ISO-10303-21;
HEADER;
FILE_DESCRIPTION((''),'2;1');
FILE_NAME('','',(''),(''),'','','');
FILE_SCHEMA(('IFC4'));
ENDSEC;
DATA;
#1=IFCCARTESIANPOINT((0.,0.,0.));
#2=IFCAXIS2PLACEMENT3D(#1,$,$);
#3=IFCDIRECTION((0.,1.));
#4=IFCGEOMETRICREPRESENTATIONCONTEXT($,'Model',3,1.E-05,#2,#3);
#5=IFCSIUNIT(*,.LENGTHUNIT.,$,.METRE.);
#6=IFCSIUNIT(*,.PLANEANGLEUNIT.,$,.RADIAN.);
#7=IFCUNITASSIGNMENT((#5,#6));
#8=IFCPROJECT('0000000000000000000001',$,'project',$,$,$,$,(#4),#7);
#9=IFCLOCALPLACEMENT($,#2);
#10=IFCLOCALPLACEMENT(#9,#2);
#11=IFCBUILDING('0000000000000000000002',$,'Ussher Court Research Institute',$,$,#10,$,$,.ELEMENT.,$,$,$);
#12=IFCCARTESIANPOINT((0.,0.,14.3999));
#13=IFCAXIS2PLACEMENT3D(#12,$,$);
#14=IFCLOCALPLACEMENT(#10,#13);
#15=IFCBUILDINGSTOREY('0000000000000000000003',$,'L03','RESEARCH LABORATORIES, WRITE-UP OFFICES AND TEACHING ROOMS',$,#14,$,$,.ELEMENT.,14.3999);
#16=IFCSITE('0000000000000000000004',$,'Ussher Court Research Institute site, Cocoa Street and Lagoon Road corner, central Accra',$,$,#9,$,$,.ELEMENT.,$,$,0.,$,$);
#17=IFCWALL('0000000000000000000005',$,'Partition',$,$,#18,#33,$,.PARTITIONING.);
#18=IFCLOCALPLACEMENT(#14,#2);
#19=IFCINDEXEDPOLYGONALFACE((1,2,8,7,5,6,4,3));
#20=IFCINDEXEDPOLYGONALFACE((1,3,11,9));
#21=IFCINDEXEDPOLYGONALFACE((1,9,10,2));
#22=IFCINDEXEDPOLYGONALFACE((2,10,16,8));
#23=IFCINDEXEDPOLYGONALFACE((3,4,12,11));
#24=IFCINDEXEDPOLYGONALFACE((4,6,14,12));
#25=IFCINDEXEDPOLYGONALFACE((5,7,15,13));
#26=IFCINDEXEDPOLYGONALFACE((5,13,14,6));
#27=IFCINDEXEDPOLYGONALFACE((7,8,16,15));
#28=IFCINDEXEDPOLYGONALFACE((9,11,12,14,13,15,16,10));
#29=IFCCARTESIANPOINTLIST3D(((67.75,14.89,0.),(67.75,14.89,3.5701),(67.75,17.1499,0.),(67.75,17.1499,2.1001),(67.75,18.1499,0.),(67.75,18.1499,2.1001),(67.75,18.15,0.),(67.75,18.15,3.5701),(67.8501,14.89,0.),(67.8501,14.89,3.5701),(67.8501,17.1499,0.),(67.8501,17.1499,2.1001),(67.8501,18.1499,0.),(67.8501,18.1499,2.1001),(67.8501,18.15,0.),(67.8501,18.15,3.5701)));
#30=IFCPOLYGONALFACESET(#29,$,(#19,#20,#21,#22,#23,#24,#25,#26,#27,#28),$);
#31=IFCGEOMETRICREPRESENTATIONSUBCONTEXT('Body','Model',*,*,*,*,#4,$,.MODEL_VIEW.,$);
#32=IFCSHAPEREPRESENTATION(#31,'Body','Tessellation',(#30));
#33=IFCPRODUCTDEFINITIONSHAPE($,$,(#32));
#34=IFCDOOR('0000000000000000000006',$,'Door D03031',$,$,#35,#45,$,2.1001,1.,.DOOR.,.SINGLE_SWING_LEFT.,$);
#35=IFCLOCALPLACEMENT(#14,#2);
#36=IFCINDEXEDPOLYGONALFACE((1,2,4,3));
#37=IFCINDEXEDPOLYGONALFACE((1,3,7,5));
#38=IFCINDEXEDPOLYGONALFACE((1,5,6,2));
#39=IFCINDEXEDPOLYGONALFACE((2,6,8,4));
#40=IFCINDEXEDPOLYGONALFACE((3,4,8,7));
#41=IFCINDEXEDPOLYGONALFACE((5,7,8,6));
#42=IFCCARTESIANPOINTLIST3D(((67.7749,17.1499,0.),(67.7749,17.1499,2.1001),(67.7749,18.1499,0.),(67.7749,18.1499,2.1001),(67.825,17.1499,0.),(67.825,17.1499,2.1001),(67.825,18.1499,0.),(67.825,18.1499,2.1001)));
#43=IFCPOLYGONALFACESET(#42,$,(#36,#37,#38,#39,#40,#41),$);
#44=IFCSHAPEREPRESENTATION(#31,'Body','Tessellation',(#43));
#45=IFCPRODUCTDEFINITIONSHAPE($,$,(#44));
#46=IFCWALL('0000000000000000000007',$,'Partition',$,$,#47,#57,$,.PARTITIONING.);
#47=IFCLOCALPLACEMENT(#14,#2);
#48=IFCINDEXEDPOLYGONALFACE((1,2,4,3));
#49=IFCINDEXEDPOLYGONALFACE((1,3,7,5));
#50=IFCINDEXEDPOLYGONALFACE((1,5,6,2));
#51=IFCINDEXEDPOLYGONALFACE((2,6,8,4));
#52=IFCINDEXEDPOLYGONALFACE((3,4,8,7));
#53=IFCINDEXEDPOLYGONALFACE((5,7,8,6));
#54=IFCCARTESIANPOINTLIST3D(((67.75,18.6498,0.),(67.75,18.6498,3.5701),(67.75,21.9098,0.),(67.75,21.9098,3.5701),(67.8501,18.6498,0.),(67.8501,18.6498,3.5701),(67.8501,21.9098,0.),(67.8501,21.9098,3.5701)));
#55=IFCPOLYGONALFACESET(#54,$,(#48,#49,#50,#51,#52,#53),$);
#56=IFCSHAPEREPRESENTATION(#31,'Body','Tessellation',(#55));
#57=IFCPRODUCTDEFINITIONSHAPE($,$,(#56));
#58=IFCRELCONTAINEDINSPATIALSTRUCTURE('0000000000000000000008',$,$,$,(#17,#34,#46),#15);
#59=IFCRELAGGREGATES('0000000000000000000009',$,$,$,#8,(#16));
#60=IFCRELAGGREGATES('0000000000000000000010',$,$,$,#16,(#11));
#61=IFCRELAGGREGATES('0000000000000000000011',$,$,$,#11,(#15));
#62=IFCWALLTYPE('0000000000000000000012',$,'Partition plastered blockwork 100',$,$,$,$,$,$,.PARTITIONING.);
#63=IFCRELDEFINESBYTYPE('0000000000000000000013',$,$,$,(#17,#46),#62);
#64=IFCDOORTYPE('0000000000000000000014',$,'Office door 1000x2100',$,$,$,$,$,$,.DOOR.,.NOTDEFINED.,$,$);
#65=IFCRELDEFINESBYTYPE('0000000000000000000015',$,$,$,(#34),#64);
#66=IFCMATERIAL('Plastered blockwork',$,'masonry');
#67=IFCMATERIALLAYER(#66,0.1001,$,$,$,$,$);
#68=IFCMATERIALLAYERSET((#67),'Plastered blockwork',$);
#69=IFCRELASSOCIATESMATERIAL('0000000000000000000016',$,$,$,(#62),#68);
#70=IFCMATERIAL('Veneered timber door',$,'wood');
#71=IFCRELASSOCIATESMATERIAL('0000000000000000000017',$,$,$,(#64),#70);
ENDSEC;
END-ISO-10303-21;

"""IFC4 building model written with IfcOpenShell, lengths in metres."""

from ifc_helpers import new_model, si_unit, direction, frame, frame_2d, origin, place, context, subcontext, project, spatial, rectangle, extrude, material, layer, layer_set, type_object, element, fill, save


model = new_model("IFC4")

# Units and contexts
model_context = context("Model", 3, precision=1e-05, world=origin(), true_north=direction((0.0, 1.0)))
body_context = subcontext(model_context, "Body", "Model", "MODEL_VIEW")
ifc_project = project(units=[si_unit("LENGTHUNIT", "METRE"), si_unit("PLANEANGLEUNIT", "RADIAN")], contexts=[model_context])

# Site, building, storey
site_placement = place(None, origin())
site = spatial("IfcSite", under=ifc_project, at=site_placement, Name="Ussher Court Research Institute site, Cocoa Street and Lagoon Road corner, central Accra", CompositionType="ELEMENT", RefElevation=0.0)
building_placement = place(site_placement, origin())
building = spatial("IfcBuilding", under=site, at=building_placement, Name="Ussher Court Research Institute", CompositionType="ELEMENT")
storey_placement = place(building_placement, frame((0.0, 0.0, 14.3999)))
storey = spatial("IfcBuildingStorey", under=building, at=storey_placement, Name="L03", Description="RESEARCH LABORATORIES, WRITE-UP OFFICES AND TEACHING ROOMS", CompositionType="ELEMENT", Elevation=14.3999)

# Wall, opening, door
ifc_material_1 = material(Name="Plastered blockwork", Category="masonry")
ifc_layer_1 = layer(ifc_material_1, 0.1001)
ifc_layer_set_1 = layer_set([ifc_layer_1], Name="Plastered blockwork")
wall_type_1 = type_object("IfcWallType", Name="Partition plastered blockwork 100", PredefinedType="PARTITIONING", material=ifc_layer_set_1)
wall_1_placement = place(storey_placement, frame((67.8, 18.1499, 0.0), z_axis=(0.0, 0.0, 1.0), x_axis=(0.0, -1.0, 0.0)))
wall_1 = element("IfcWall", 1, at=wall_1_placement, inside=storey, type_object=wall_type_1, Name="Partition", PredefinedType="PARTITIONING", context=body_context, shape_type="SweptSolid", body=[
    extrude(rectangle(XDim=3.26, YDim=0.1001, at=frame_2d((1.6299, 0.0))), origin(), (0.0, 0.0, 1.0), 3.5701),
])
opening_1_placement = place(wall_1_placement, origin())
opening_1 = element("IfcOpeningElement", 2, at=opening_1_placement, cuts=wall_1, PredefinedType="OPENING", context=body_context, shape_type="SweptSolid", body=[
    extrude(rectangle(XDim=1.0, YDim=2.1001, at=frame_2d((0.5, 1.05))), frame((0.0, 0.0601, 0.0), z_axis=(0.0, -1.0, 0.0), x_axis=(1.0, 0.0, 0.0)), (0.0, 0.0, 1.0), 0.1201),
])
ifc_material_2 = material(Name="Veneered timber door", Category="wood")
door_type_1 = type_object("IfcDoorType", Name="Office door 1000x2100", OperationType="NOTDEFINED", PredefinedType="DOOR", material=ifc_material_2)
door_1_placement = place(opening_1_placement, origin())
door_1 = element("IfcDoor", 3, at=door_1_placement, inside=storey, type_object=door_type_1, Name="Door D03031", OperationType="SINGLE_SWING_LEFT", OverallHeight=2.1001, OverallWidth=1.0, PredefinedType="DOOR", context=body_context, shape_type="SweptSolid", body=[
    extrude(rectangle(XDim=1.0, YDim=2.1001, at=frame_2d((0.5, 1.05))), frame((0.0, 0.0249, 0.0), z_axis=(0.0, -1.0, 0.0), x_axis=(1.0, 0.0, 0.0)), (0.0, 0.0, 1.0), 0.05),
])
fill(opening_1, door_1)

# Wall
wall_2_placement = place(storey_placement, frame((67.8, 18.6499, 0.0), z_axis=(0.0, 0.0, 1.0), x_axis=(0.0, 1.0, 0.0)))
element("IfcWall", 4, at=wall_2_placement, inside=storey, type_object=wall_type_1, Name="Partition", PredefinedType="PARTITIONING", context=body_context, shape_type="SweptSolid", body=[
    extrude(rectangle(XDim=3.26, YDim=0.1001, at=frame_2d((1.6299, 0.0))), origin(), (0.0, 0.0, 1.0), 3.5701),
])

save(model, "model.ifc")
